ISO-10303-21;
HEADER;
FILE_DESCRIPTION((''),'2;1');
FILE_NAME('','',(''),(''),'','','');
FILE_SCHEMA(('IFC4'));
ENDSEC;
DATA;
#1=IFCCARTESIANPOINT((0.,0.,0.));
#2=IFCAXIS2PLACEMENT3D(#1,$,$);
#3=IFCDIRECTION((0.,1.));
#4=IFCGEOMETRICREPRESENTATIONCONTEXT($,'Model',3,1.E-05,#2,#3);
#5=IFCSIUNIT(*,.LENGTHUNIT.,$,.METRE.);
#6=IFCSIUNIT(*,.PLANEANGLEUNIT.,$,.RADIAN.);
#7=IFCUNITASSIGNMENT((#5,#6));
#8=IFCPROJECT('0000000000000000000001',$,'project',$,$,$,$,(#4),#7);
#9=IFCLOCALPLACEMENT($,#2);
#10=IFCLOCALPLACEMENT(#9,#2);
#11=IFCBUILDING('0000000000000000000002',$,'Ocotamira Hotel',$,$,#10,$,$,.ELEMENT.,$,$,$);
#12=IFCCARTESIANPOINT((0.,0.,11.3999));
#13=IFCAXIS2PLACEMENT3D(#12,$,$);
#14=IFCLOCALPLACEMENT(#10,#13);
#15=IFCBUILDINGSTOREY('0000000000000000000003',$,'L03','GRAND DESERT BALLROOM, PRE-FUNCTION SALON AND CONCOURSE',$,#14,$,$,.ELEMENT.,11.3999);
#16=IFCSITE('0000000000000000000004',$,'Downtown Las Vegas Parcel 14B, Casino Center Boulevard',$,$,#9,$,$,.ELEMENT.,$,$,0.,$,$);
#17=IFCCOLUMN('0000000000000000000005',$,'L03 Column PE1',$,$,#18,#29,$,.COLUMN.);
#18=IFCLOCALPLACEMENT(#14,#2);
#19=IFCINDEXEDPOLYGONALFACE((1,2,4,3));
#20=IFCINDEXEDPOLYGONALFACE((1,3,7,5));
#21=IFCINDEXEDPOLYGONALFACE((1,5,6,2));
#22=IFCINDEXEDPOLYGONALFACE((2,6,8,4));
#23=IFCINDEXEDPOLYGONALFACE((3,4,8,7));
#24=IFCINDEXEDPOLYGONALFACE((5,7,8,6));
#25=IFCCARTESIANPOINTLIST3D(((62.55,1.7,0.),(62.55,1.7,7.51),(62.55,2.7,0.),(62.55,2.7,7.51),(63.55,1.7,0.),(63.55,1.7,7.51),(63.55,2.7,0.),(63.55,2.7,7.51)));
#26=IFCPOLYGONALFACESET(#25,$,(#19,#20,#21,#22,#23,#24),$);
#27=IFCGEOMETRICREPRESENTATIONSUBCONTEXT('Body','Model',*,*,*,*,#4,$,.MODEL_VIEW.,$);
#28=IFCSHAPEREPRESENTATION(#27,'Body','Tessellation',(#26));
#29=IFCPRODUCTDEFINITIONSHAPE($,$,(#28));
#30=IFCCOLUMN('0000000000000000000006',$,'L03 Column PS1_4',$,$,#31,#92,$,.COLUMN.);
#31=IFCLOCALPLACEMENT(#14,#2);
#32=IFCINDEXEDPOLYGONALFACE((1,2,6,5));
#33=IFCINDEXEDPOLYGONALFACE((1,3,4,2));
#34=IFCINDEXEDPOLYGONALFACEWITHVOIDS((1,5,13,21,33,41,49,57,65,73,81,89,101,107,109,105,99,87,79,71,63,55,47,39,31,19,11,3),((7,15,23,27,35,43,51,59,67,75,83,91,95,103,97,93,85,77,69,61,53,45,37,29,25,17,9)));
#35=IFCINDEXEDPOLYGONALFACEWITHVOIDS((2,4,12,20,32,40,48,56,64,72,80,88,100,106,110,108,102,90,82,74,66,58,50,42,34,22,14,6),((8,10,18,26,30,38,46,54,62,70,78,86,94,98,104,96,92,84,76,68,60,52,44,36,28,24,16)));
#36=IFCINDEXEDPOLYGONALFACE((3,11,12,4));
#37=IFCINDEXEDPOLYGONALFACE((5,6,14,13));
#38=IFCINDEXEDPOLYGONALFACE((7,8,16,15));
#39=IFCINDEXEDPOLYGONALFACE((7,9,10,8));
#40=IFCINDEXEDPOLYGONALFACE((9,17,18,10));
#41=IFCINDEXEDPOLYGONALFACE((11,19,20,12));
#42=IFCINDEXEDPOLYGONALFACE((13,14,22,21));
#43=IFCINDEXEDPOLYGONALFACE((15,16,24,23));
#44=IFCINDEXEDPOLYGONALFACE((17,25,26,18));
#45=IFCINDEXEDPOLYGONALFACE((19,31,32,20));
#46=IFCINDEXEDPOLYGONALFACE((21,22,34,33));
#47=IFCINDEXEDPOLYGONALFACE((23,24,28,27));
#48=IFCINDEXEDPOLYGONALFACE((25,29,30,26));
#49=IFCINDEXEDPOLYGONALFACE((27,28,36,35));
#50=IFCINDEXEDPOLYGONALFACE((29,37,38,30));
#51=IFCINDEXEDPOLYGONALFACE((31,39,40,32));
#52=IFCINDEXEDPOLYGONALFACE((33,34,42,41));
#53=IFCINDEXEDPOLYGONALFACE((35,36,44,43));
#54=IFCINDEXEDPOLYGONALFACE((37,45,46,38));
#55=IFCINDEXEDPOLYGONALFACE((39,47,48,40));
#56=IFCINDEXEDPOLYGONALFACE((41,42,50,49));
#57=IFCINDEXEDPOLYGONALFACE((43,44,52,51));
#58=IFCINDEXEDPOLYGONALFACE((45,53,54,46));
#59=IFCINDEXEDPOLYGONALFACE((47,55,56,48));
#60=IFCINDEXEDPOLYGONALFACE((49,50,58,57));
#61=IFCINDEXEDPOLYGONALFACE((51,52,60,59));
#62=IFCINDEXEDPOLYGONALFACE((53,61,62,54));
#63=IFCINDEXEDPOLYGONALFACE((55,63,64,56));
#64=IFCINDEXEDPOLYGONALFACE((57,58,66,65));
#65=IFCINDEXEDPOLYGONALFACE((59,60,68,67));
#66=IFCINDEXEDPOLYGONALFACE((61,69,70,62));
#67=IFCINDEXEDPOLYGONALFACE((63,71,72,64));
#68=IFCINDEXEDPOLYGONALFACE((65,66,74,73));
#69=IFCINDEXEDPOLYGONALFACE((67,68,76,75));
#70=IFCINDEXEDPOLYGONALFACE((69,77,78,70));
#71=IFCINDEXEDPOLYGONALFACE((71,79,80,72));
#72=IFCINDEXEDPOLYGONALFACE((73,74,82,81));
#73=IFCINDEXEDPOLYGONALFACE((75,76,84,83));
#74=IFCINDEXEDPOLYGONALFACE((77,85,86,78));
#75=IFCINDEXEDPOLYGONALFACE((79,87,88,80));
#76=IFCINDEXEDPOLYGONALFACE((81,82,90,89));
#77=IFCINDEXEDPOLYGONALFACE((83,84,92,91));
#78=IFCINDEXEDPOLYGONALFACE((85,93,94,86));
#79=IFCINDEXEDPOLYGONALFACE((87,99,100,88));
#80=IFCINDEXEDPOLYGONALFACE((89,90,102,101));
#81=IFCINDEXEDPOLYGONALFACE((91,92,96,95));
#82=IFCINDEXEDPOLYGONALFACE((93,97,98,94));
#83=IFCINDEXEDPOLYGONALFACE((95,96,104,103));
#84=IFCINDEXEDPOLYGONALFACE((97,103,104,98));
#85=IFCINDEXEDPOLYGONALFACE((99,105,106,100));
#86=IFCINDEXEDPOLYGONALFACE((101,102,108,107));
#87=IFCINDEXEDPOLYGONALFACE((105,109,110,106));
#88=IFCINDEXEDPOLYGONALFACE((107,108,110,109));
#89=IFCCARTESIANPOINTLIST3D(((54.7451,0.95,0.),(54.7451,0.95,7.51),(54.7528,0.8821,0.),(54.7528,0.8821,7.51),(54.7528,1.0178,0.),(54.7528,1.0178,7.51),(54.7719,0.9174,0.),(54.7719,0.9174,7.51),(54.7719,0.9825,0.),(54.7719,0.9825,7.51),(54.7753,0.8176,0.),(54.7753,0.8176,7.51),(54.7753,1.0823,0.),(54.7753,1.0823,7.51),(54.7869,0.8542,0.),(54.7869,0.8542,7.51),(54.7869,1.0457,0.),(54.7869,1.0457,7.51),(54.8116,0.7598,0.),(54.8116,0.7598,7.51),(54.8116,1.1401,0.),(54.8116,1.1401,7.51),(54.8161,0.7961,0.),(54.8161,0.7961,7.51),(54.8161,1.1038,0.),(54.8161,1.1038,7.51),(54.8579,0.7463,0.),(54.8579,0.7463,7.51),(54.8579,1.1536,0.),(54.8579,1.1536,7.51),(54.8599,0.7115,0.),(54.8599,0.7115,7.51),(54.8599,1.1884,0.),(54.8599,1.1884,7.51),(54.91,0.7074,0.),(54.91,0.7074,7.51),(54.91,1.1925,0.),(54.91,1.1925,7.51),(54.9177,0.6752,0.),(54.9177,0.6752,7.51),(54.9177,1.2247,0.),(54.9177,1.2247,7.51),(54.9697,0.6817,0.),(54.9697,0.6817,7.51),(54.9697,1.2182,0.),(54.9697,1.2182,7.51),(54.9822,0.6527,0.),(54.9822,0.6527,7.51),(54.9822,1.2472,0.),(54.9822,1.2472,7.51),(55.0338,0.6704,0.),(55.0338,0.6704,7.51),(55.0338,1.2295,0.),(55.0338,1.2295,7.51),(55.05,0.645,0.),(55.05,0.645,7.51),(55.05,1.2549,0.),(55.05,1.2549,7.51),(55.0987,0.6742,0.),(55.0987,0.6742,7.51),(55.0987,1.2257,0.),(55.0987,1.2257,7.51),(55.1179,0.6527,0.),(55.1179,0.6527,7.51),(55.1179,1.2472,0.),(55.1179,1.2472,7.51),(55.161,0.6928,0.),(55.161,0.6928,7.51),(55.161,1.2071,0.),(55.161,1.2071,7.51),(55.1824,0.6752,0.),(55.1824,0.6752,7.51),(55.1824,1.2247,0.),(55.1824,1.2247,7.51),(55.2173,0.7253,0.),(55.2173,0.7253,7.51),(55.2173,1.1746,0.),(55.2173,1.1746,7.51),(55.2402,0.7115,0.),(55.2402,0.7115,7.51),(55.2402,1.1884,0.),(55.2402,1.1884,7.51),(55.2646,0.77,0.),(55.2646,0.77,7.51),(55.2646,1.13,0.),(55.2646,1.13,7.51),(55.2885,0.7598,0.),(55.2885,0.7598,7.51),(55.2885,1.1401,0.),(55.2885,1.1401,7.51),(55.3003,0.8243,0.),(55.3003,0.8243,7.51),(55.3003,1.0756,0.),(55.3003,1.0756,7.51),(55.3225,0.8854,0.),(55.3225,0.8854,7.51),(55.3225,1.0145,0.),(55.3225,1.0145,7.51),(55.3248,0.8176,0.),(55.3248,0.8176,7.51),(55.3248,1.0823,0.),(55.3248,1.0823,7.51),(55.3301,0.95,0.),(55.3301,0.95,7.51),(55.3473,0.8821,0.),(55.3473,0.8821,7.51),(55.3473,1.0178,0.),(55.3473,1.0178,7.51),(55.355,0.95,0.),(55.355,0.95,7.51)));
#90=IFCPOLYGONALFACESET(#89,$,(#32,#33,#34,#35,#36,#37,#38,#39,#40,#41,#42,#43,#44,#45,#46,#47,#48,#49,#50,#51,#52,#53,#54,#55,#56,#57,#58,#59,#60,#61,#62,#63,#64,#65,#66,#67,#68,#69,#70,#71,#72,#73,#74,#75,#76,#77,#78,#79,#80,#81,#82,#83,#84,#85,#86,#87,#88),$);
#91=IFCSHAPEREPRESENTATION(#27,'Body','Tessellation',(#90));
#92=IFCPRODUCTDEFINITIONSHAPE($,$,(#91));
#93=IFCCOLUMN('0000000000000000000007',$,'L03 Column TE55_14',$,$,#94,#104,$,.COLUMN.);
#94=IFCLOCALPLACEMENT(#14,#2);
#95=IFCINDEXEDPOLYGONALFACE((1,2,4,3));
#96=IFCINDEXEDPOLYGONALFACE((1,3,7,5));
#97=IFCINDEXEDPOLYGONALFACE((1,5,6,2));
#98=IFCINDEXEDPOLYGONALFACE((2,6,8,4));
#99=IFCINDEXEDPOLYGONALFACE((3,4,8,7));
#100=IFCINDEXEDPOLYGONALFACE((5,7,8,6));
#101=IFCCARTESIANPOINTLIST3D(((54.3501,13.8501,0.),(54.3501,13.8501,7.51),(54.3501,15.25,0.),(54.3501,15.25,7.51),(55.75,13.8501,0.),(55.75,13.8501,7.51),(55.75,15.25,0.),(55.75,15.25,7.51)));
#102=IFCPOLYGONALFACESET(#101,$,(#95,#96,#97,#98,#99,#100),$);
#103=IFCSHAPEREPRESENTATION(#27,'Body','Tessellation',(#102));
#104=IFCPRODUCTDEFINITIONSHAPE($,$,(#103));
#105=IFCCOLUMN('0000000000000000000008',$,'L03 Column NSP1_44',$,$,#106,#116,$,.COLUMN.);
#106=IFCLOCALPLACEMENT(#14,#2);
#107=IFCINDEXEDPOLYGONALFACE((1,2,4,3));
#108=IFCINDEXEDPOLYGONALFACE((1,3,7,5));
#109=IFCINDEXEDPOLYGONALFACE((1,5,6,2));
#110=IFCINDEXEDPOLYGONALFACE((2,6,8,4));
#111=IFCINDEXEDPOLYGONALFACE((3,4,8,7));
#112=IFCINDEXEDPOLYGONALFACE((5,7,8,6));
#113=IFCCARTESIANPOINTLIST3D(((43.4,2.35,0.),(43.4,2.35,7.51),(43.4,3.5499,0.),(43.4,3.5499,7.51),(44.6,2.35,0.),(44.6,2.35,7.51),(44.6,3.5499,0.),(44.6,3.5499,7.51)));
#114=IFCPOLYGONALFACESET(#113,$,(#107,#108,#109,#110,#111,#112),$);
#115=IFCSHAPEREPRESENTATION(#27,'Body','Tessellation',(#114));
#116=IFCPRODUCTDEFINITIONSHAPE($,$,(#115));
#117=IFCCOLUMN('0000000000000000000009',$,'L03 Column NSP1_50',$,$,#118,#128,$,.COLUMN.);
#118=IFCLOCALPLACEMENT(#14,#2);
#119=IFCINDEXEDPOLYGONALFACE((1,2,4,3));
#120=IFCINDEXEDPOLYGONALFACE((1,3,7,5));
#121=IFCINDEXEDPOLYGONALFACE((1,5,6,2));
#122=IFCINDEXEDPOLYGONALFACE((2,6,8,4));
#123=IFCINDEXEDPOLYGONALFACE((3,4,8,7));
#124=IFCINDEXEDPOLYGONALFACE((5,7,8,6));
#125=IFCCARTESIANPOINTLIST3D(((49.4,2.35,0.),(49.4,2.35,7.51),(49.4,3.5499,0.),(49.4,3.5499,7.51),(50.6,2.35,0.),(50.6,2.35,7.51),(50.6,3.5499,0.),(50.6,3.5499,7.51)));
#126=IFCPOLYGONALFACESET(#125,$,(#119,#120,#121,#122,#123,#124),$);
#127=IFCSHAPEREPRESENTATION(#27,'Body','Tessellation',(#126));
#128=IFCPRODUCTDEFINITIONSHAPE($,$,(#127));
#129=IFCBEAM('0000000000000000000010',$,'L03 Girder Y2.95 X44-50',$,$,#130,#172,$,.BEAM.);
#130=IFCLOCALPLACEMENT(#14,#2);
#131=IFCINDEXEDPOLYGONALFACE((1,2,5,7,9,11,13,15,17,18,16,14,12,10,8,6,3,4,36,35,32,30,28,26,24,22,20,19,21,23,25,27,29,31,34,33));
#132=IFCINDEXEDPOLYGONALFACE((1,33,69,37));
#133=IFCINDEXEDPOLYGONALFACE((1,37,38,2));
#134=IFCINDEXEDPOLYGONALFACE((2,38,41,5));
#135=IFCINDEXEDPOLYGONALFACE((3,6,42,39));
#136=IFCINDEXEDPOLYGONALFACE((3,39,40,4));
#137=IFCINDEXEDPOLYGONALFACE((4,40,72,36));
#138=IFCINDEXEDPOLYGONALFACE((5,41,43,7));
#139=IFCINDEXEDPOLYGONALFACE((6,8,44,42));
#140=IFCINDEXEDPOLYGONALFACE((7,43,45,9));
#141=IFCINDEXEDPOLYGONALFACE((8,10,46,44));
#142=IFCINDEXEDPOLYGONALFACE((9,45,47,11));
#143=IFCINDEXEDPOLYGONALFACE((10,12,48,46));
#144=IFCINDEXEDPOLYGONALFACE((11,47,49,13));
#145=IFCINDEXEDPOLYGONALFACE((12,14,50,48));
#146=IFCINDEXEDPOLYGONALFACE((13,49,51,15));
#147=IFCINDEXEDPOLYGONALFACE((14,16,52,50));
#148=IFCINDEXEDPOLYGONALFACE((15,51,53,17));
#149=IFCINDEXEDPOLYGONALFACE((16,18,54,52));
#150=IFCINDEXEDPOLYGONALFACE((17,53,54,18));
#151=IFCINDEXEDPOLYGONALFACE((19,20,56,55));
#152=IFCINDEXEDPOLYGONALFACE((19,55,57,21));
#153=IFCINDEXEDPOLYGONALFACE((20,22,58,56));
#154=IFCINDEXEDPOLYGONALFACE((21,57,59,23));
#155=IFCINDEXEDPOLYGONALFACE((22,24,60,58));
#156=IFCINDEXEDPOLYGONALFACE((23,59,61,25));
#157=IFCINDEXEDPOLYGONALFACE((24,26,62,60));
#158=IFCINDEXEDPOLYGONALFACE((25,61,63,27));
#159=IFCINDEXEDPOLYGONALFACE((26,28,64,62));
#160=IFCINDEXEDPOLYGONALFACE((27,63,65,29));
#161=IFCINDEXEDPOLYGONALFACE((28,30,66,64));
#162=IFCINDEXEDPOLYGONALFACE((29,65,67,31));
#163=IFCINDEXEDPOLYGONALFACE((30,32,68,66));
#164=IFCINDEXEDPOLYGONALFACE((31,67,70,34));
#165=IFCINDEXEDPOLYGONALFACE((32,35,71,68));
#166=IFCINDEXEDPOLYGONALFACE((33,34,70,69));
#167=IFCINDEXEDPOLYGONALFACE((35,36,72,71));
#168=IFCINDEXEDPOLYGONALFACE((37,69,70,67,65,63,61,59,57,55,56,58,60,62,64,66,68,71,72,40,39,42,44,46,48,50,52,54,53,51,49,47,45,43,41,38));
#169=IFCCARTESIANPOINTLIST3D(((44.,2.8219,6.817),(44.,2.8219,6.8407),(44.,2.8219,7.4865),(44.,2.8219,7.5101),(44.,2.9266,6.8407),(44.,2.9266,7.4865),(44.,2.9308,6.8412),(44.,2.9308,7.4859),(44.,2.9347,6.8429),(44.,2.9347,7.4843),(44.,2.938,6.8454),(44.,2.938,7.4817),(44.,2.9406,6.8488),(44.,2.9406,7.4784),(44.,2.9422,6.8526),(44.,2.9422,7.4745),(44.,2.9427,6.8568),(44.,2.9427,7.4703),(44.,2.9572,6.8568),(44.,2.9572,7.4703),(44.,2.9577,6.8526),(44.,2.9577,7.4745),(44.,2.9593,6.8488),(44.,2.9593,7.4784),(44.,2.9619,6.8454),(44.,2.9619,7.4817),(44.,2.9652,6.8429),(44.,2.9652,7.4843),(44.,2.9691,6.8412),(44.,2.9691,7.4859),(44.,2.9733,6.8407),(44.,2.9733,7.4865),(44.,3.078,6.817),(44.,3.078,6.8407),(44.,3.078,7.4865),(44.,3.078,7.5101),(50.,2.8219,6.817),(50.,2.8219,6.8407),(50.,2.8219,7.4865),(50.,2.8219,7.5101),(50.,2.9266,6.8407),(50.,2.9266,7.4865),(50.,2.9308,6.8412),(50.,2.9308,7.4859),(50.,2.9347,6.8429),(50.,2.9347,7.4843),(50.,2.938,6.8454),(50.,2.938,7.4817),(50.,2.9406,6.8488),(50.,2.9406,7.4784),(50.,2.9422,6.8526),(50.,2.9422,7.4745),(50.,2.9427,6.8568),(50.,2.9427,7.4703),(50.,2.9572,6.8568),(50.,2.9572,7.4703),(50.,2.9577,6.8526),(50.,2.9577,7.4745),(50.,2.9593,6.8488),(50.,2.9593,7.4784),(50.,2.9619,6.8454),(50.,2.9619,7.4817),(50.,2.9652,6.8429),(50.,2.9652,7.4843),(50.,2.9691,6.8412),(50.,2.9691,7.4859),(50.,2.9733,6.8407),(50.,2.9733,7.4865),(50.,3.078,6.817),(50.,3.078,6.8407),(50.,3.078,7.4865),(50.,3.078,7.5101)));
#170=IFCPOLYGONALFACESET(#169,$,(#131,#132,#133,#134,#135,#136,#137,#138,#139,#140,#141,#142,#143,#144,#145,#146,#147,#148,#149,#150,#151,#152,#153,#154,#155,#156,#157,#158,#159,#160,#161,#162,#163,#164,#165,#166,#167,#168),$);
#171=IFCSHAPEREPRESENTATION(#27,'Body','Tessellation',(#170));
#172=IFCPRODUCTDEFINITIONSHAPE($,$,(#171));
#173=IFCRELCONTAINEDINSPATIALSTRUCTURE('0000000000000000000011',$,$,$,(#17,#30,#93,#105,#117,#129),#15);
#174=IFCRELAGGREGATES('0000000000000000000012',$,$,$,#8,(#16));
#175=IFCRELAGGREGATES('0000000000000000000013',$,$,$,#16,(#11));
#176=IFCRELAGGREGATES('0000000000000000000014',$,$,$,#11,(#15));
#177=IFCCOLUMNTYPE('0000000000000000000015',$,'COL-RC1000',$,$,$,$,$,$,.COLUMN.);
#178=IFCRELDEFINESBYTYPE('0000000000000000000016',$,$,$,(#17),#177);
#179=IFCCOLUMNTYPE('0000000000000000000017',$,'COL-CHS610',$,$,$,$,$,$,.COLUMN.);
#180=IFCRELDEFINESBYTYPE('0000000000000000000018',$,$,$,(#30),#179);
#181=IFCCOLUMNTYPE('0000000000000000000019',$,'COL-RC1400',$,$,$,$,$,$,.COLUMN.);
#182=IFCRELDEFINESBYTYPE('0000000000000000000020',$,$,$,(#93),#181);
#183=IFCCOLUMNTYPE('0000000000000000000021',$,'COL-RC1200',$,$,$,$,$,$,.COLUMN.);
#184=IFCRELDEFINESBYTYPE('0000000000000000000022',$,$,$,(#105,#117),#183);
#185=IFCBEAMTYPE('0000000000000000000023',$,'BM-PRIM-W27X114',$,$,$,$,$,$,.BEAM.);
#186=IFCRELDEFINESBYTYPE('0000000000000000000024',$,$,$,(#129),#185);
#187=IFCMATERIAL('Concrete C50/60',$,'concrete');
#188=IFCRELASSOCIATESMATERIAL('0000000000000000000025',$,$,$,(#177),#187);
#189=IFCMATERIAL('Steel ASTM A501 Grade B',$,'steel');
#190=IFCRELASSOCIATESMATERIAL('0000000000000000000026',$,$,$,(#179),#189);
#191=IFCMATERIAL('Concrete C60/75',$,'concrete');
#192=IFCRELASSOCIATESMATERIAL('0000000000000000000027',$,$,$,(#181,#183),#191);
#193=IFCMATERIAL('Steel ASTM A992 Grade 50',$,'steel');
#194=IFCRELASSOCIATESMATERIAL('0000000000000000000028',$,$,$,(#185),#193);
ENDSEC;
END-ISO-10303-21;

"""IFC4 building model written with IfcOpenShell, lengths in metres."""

from ifc_helpers import new_model, si_unit, direction, frame, origin, origin_2d, place, context, subcontext, project, spatial, rectangle, hollow_circle, i_section, extrude, source, transform, mapped, material, material_profile, profile_set, type_object, element, save


model = new_model("IFC4")

# Units and contexts
model_context = context("Model", 3, precision=1e-05, world=origin(), true_north=direction((0.0, 1.0)))
body_context = subcontext(model_context, "Body", "Model", "MODEL_VIEW")
ifc_project = project(units=[si_unit("LENGTHUNIT", "METRE"), si_unit("PLANEANGLEUNIT", "RADIAN")], contexts=[model_context])

# Site, building, storey
site_placement = place(None, origin())
site = spatial("IfcSite", under=ifc_project, at=site_placement, Name="Downtown Las Vegas Parcel 14B, Casino Center Boulevard", CompositionType="ELEMENT", RefElevation=0.0)
building_placement = place(site_placement, origin())
building = spatial("IfcBuilding", under=site, at=building_placement, Name="Ocotamira Hotel", CompositionType="ELEMENT")
storey_placement = place(building_placement, frame((0.0, 0.0, 11.3999)))
storey = spatial("IfcBuildingStorey", under=building, at=storey_placement, Name="L03", Description="GRAND DESERT BALLROOM, PRE-FUNCTION SALON AND CONCOURSE", CompositionType="ELEMENT", Elevation=11.3999)

# Columns
ifc_material_1 = material(Name="Concrete C50/60", Category="concrete")
ifc_material_profile_1 = material_profile(ifc_material_1, rectangle(XDim=1.0, YDim=1.0, at=origin_2d()), Name="RC1000X1000")
ifc_profile_set_1 = profile_set([ifc_material_profile_1], Name="Concrete C50/60")
column_type_1 = type_object("IfcColumnType", Name="COL-RC1000", PredefinedType="COLUMN", material=ifc_profile_set_1)
shared_shape_1 = source(origin(), body_context, "Body", "SweptSolid", [
    extrude(rectangle(XDim=1.0, YDim=1.0, at=origin_2d()), origin(), (0.0, 0.0, 1.0), 7.51),
])
column_1_placement = place(storey_placement, frame((63.05, 2.2, 0.0), z_axis=(0.0, 0.0, 1.0), x_axis=(1.0, 0.0, 0.0)))
element("IfcColumn", 1, at=column_1_placement, inside=storey, type_object=column_type_1, Name="L03 Column PE1", PredefinedType="COLUMN", context=body_context, shape_type="MappedRepresentation", body=[
    mapped(shared_shape_1, transform((0.0, 0.0, 0.0), scale=1.0)),
])
ifc_material_2 = material(Name="Steel ASTM A501 Grade B", Category="steel")
ifc_material_profile_2 = material_profile(ifc_material_2, hollow_circle(Radius=0.3049, WallThickness=0.0249, at=origin_2d()), Name="CHS610X25")
ifc_profile_set_2 = profile_set([ifc_material_profile_2], Name="Steel ASTM A501 Grade B")
column_type_2 = type_object("IfcColumnType", Name="COL-CHS610", PredefinedType="COLUMN", material=ifc_profile_set_2)
shared_shape_2 = source(origin(), body_context, "Body", "SweptSolid", [
    extrude(hollow_circle(Radius=0.3049, WallThickness=0.0249, at=origin_2d()), origin(), (0.0, 0.0, 1.0), 7.51),
])
column_2_placement = place(storey_placement, frame((55.05, 0.95, 0.0), z_axis=(0.0, 0.0, 1.0), x_axis=(1.0, 0.0, 0.0)))
element("IfcColumn", 2, at=column_2_placement, inside=storey, type_object=column_type_2, Name="L03 Column PS1_4", PredefinedType="COLUMN", context=body_context, shape_type="MappedRepresentation", body=[
    mapped(shared_shape_2, transform((0.0, 0.0, 0.0), scale=1.0)),
])
ifc_material_3 = material(Name="Concrete C60/75", Category="concrete")
ifc_material_profile_3 = material_profile(ifc_material_3, rectangle(XDim=1.3999, YDim=1.3999, at=origin_2d()), Name="RC1400X1400")
ifc_profile_set_3 = profile_set([ifc_material_profile_3], Name="Concrete C60/75")
column_type_3 = type_object("IfcColumnType", Name="COL-RC1400", PredefinedType="COLUMN", material=ifc_profile_set_3)
shared_shape_3 = source(origin(), body_context, "Body", "SweptSolid", [
    extrude(rectangle(XDim=1.3999, YDim=1.3999, at=origin_2d()), origin(), (0.0, 0.0, 1.0), 7.51),
])
column_3_placement = place(storey_placement, frame((55.05, 14.55, 0.0), z_axis=(0.0, 0.0, 1.0), x_axis=(1.0, 0.0, 0.0)))
element("IfcColumn", 3, at=column_3_placement, inside=storey, type_object=column_type_3, Name="L03 Column TE55_14", PredefinedType="COLUMN", context=body_context, shape_type="MappedRepresentation", body=[
    mapped(shared_shape_3, transform((0.0, 0.0, 0.0), scale=1.0)),
])
ifc_material_profile_4 = material_profile(ifc_material_3, rectangle(XDim=1.2, YDim=1.2, at=origin_2d()), Name="RC1200X1200")
ifc_profile_set_4 = profile_set([ifc_material_profile_4], Name="Concrete C60/75")
column_type_4 = type_object("IfcColumnType", Name="COL-RC1200", PredefinedType="COLUMN", material=ifc_profile_set_4)
shared_shape_4 = source(origin(), body_context, "Body", "SweptSolid", [
    extrude(rectangle(XDim=1.2, YDim=1.2, at=origin_2d()), origin(), (0.0, 0.0, 1.0), 7.51),
])
for number, where, z_axis, x_axis, name in (
    (4, (44.0, 2.95, 0.0), (0.0, 0.0, 1.0), (1.0, 0.0, 0.0), "L03 Column NSP1_44"),
    (5, (50.0, 2.95, 0.0), (0.0, 0.0, 1.0), (1.0, 0.0, 0.0), "L03 Column NSP1_50"),
):
    element("IfcColumn", number, at=place(storey_placement, frame(where, z_axis=z_axis, x_axis=x_axis)), inside=storey, type_object=column_type_4, Name=name, PredefinedType="COLUMN", context=body_context, shape_type="MappedRepresentation", body=[
        mapped(shared_shape_4, transform((0.0, 0.0, 0.0), scale=1.0)),
    ])

# Beam
ifc_material_4 = material(Name="Steel ASTM A992 Grade 50", Category="steel")
ifc_material_profile_5 = material_profile(ifc_material_4, i_section(OverallWidth=0.2561, OverallDepth=0.6931, WebThickness=0.0144, FlangeThickness=0.0237, FilletRadius=0.0161, at=origin_2d()), Name="W27X114")
ifc_profile_set_5 = profile_set([ifc_material_profile_5], Name="Steel ASTM A992 Grade 50")
beam_type_1 = type_object("IfcBeamType", Name="BM-PRIM-W27X114", PredefinedType="BEAM", material=ifc_profile_set_5)
shared_shape_5 = source(origin(), body_context, "Body", "SweptSolid", [
    extrude(i_section(OverallWidth=0.2561, OverallDepth=0.6931, WebThickness=0.0144, FlangeThickness=0.0237, FilletRadius=0.0161, at=origin_2d()), origin(), (0.0, 0.0, 1.0), 6.0),
])
beam_1_placement = place(storey_placement, frame((44.0, 2.95, 7.1636), z_axis=(1.0, 0.0, 0.0), x_axis=(0.0, 1.0, 0.0)))
element("IfcBeam", 6, at=beam_1_placement, inside=storey, type_object=beam_type_1, Name="L03 Girder Y2.95 X44-50", PredefinedType="BEAM", context=body_context, shape_type="MappedRepresentation", body=[
    mapped(shared_shape_5, transform((0.0, 0.0, 0.0), scale=1.0)),
])

save(model, "model.ifc")
